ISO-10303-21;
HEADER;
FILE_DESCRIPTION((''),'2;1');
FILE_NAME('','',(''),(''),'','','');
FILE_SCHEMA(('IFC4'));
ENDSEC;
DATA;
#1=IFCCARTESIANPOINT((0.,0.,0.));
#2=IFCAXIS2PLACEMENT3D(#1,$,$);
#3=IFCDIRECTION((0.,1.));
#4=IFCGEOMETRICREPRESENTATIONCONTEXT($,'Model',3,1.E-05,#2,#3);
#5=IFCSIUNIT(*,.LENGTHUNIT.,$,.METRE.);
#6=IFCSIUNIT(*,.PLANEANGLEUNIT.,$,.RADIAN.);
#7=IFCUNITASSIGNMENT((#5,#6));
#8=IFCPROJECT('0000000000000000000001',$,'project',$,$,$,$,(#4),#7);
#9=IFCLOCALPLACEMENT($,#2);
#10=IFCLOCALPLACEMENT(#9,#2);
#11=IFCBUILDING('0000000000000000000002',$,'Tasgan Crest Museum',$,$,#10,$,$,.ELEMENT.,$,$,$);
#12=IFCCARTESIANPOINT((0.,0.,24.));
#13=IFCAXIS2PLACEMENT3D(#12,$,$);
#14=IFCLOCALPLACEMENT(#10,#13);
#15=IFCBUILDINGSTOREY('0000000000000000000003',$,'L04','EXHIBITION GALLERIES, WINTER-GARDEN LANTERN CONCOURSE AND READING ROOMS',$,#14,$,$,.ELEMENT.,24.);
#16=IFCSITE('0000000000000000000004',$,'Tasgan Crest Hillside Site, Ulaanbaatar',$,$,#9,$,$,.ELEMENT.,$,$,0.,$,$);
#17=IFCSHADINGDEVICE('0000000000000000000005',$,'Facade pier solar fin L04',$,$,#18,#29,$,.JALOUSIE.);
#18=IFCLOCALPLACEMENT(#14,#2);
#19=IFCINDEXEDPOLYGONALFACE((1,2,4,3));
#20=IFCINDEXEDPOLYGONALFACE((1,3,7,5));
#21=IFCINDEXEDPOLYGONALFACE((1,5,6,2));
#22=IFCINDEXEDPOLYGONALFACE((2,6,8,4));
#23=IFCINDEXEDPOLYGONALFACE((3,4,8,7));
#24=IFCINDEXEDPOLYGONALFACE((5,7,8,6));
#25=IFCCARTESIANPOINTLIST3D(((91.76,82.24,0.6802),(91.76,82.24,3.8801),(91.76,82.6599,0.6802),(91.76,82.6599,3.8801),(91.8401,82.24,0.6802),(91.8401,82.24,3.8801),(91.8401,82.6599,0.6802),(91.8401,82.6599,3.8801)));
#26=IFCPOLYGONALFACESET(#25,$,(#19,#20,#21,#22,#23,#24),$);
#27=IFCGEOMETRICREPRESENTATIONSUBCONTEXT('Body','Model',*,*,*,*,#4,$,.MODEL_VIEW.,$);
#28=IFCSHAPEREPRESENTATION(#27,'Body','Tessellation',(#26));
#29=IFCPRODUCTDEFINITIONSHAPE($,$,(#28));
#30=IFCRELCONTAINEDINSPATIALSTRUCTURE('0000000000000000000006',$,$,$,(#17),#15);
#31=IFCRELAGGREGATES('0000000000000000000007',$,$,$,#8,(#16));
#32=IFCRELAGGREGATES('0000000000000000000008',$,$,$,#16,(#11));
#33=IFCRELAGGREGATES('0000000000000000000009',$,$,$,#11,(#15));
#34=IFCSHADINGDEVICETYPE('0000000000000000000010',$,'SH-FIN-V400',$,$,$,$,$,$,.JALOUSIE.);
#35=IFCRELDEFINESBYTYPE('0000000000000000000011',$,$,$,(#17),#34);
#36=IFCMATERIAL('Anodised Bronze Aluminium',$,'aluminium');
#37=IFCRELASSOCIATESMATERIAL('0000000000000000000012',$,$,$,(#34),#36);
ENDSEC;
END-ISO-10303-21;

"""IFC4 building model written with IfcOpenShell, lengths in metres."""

from ifc_helpers import new_model, si_unit, direction, frame, origin, origin_2d, place, context, subcontext, project, spatial, rectangle, extrude, material, type_object, element, save


model = new_model("IFC4")

# Units and contexts
model_context = context("Model", 3, precision=1e-05, world=origin(), true_north=direction((0.0, 1.0)))
body_context = subcontext(model_context, "Body", "Model", "MODEL_VIEW")
ifc_project = project(units=[si_unit("LENGTHUNIT", "METRE"), si_unit("PLANEANGLEUNIT", "RADIAN")], contexts=[model_context])

# Site, building, storey
site_placement = place(None, origin())
site = spatial("IfcSite", under=ifc_project, at=site_placement, Name="Tasgan Crest Hillside Site, Ulaanbaatar", CompositionType="ELEMENT", RefElevation=0.0)
building_placement = place(site_placement, origin())
building = spatial("IfcBuilding", under=site, at=building_placement, Name="Tasgan Crest Museum", CompositionType="ELEMENT")
storey_placement = place(building_placement, frame((0.0, 0.0, 24.0)))
storey = spatial("IfcBuildingStorey", under=building, at=storey_placement, Name="L04", Description="EXHIBITION GALLERIES, WINTER-GARDEN LANTERN CONCOURSE AND READING ROOMS", CompositionType="ELEMENT", Elevation=24.0)

# Shading device
ifc_material_1 = material(Name="Anodised Bronze Aluminium", Category="aluminium")
shading_device_type = type_object("IfcShadingDeviceType", Name="SH-FIN-V400", PredefinedType="JALOUSIE", material=ifc_material_1)
for number, where, z_axis, x_axis, name in (
    (1, (91.8, 82.45, 0.6802), (0.0, 0.0, 1.0), (-1.0, 0.0, 0.0), "Facade pier solar fin L04"),
):
    element("IfcShadingDevice", number, at=place(storey_placement, frame(where, z_axis=z_axis, x_axis=x_axis)), inside=storey, type_object=shading_device_type, Name=name, PredefinedType="JALOUSIE", context=body_context, shape_type="SweptSolid", body=[
        extrude(rectangle(XDim=0.0801, YDim=0.4199, at=origin_2d()), origin(), (0.0, 0.0, 1.0), 3.2),
    ])

save(model, "model.ifc")
